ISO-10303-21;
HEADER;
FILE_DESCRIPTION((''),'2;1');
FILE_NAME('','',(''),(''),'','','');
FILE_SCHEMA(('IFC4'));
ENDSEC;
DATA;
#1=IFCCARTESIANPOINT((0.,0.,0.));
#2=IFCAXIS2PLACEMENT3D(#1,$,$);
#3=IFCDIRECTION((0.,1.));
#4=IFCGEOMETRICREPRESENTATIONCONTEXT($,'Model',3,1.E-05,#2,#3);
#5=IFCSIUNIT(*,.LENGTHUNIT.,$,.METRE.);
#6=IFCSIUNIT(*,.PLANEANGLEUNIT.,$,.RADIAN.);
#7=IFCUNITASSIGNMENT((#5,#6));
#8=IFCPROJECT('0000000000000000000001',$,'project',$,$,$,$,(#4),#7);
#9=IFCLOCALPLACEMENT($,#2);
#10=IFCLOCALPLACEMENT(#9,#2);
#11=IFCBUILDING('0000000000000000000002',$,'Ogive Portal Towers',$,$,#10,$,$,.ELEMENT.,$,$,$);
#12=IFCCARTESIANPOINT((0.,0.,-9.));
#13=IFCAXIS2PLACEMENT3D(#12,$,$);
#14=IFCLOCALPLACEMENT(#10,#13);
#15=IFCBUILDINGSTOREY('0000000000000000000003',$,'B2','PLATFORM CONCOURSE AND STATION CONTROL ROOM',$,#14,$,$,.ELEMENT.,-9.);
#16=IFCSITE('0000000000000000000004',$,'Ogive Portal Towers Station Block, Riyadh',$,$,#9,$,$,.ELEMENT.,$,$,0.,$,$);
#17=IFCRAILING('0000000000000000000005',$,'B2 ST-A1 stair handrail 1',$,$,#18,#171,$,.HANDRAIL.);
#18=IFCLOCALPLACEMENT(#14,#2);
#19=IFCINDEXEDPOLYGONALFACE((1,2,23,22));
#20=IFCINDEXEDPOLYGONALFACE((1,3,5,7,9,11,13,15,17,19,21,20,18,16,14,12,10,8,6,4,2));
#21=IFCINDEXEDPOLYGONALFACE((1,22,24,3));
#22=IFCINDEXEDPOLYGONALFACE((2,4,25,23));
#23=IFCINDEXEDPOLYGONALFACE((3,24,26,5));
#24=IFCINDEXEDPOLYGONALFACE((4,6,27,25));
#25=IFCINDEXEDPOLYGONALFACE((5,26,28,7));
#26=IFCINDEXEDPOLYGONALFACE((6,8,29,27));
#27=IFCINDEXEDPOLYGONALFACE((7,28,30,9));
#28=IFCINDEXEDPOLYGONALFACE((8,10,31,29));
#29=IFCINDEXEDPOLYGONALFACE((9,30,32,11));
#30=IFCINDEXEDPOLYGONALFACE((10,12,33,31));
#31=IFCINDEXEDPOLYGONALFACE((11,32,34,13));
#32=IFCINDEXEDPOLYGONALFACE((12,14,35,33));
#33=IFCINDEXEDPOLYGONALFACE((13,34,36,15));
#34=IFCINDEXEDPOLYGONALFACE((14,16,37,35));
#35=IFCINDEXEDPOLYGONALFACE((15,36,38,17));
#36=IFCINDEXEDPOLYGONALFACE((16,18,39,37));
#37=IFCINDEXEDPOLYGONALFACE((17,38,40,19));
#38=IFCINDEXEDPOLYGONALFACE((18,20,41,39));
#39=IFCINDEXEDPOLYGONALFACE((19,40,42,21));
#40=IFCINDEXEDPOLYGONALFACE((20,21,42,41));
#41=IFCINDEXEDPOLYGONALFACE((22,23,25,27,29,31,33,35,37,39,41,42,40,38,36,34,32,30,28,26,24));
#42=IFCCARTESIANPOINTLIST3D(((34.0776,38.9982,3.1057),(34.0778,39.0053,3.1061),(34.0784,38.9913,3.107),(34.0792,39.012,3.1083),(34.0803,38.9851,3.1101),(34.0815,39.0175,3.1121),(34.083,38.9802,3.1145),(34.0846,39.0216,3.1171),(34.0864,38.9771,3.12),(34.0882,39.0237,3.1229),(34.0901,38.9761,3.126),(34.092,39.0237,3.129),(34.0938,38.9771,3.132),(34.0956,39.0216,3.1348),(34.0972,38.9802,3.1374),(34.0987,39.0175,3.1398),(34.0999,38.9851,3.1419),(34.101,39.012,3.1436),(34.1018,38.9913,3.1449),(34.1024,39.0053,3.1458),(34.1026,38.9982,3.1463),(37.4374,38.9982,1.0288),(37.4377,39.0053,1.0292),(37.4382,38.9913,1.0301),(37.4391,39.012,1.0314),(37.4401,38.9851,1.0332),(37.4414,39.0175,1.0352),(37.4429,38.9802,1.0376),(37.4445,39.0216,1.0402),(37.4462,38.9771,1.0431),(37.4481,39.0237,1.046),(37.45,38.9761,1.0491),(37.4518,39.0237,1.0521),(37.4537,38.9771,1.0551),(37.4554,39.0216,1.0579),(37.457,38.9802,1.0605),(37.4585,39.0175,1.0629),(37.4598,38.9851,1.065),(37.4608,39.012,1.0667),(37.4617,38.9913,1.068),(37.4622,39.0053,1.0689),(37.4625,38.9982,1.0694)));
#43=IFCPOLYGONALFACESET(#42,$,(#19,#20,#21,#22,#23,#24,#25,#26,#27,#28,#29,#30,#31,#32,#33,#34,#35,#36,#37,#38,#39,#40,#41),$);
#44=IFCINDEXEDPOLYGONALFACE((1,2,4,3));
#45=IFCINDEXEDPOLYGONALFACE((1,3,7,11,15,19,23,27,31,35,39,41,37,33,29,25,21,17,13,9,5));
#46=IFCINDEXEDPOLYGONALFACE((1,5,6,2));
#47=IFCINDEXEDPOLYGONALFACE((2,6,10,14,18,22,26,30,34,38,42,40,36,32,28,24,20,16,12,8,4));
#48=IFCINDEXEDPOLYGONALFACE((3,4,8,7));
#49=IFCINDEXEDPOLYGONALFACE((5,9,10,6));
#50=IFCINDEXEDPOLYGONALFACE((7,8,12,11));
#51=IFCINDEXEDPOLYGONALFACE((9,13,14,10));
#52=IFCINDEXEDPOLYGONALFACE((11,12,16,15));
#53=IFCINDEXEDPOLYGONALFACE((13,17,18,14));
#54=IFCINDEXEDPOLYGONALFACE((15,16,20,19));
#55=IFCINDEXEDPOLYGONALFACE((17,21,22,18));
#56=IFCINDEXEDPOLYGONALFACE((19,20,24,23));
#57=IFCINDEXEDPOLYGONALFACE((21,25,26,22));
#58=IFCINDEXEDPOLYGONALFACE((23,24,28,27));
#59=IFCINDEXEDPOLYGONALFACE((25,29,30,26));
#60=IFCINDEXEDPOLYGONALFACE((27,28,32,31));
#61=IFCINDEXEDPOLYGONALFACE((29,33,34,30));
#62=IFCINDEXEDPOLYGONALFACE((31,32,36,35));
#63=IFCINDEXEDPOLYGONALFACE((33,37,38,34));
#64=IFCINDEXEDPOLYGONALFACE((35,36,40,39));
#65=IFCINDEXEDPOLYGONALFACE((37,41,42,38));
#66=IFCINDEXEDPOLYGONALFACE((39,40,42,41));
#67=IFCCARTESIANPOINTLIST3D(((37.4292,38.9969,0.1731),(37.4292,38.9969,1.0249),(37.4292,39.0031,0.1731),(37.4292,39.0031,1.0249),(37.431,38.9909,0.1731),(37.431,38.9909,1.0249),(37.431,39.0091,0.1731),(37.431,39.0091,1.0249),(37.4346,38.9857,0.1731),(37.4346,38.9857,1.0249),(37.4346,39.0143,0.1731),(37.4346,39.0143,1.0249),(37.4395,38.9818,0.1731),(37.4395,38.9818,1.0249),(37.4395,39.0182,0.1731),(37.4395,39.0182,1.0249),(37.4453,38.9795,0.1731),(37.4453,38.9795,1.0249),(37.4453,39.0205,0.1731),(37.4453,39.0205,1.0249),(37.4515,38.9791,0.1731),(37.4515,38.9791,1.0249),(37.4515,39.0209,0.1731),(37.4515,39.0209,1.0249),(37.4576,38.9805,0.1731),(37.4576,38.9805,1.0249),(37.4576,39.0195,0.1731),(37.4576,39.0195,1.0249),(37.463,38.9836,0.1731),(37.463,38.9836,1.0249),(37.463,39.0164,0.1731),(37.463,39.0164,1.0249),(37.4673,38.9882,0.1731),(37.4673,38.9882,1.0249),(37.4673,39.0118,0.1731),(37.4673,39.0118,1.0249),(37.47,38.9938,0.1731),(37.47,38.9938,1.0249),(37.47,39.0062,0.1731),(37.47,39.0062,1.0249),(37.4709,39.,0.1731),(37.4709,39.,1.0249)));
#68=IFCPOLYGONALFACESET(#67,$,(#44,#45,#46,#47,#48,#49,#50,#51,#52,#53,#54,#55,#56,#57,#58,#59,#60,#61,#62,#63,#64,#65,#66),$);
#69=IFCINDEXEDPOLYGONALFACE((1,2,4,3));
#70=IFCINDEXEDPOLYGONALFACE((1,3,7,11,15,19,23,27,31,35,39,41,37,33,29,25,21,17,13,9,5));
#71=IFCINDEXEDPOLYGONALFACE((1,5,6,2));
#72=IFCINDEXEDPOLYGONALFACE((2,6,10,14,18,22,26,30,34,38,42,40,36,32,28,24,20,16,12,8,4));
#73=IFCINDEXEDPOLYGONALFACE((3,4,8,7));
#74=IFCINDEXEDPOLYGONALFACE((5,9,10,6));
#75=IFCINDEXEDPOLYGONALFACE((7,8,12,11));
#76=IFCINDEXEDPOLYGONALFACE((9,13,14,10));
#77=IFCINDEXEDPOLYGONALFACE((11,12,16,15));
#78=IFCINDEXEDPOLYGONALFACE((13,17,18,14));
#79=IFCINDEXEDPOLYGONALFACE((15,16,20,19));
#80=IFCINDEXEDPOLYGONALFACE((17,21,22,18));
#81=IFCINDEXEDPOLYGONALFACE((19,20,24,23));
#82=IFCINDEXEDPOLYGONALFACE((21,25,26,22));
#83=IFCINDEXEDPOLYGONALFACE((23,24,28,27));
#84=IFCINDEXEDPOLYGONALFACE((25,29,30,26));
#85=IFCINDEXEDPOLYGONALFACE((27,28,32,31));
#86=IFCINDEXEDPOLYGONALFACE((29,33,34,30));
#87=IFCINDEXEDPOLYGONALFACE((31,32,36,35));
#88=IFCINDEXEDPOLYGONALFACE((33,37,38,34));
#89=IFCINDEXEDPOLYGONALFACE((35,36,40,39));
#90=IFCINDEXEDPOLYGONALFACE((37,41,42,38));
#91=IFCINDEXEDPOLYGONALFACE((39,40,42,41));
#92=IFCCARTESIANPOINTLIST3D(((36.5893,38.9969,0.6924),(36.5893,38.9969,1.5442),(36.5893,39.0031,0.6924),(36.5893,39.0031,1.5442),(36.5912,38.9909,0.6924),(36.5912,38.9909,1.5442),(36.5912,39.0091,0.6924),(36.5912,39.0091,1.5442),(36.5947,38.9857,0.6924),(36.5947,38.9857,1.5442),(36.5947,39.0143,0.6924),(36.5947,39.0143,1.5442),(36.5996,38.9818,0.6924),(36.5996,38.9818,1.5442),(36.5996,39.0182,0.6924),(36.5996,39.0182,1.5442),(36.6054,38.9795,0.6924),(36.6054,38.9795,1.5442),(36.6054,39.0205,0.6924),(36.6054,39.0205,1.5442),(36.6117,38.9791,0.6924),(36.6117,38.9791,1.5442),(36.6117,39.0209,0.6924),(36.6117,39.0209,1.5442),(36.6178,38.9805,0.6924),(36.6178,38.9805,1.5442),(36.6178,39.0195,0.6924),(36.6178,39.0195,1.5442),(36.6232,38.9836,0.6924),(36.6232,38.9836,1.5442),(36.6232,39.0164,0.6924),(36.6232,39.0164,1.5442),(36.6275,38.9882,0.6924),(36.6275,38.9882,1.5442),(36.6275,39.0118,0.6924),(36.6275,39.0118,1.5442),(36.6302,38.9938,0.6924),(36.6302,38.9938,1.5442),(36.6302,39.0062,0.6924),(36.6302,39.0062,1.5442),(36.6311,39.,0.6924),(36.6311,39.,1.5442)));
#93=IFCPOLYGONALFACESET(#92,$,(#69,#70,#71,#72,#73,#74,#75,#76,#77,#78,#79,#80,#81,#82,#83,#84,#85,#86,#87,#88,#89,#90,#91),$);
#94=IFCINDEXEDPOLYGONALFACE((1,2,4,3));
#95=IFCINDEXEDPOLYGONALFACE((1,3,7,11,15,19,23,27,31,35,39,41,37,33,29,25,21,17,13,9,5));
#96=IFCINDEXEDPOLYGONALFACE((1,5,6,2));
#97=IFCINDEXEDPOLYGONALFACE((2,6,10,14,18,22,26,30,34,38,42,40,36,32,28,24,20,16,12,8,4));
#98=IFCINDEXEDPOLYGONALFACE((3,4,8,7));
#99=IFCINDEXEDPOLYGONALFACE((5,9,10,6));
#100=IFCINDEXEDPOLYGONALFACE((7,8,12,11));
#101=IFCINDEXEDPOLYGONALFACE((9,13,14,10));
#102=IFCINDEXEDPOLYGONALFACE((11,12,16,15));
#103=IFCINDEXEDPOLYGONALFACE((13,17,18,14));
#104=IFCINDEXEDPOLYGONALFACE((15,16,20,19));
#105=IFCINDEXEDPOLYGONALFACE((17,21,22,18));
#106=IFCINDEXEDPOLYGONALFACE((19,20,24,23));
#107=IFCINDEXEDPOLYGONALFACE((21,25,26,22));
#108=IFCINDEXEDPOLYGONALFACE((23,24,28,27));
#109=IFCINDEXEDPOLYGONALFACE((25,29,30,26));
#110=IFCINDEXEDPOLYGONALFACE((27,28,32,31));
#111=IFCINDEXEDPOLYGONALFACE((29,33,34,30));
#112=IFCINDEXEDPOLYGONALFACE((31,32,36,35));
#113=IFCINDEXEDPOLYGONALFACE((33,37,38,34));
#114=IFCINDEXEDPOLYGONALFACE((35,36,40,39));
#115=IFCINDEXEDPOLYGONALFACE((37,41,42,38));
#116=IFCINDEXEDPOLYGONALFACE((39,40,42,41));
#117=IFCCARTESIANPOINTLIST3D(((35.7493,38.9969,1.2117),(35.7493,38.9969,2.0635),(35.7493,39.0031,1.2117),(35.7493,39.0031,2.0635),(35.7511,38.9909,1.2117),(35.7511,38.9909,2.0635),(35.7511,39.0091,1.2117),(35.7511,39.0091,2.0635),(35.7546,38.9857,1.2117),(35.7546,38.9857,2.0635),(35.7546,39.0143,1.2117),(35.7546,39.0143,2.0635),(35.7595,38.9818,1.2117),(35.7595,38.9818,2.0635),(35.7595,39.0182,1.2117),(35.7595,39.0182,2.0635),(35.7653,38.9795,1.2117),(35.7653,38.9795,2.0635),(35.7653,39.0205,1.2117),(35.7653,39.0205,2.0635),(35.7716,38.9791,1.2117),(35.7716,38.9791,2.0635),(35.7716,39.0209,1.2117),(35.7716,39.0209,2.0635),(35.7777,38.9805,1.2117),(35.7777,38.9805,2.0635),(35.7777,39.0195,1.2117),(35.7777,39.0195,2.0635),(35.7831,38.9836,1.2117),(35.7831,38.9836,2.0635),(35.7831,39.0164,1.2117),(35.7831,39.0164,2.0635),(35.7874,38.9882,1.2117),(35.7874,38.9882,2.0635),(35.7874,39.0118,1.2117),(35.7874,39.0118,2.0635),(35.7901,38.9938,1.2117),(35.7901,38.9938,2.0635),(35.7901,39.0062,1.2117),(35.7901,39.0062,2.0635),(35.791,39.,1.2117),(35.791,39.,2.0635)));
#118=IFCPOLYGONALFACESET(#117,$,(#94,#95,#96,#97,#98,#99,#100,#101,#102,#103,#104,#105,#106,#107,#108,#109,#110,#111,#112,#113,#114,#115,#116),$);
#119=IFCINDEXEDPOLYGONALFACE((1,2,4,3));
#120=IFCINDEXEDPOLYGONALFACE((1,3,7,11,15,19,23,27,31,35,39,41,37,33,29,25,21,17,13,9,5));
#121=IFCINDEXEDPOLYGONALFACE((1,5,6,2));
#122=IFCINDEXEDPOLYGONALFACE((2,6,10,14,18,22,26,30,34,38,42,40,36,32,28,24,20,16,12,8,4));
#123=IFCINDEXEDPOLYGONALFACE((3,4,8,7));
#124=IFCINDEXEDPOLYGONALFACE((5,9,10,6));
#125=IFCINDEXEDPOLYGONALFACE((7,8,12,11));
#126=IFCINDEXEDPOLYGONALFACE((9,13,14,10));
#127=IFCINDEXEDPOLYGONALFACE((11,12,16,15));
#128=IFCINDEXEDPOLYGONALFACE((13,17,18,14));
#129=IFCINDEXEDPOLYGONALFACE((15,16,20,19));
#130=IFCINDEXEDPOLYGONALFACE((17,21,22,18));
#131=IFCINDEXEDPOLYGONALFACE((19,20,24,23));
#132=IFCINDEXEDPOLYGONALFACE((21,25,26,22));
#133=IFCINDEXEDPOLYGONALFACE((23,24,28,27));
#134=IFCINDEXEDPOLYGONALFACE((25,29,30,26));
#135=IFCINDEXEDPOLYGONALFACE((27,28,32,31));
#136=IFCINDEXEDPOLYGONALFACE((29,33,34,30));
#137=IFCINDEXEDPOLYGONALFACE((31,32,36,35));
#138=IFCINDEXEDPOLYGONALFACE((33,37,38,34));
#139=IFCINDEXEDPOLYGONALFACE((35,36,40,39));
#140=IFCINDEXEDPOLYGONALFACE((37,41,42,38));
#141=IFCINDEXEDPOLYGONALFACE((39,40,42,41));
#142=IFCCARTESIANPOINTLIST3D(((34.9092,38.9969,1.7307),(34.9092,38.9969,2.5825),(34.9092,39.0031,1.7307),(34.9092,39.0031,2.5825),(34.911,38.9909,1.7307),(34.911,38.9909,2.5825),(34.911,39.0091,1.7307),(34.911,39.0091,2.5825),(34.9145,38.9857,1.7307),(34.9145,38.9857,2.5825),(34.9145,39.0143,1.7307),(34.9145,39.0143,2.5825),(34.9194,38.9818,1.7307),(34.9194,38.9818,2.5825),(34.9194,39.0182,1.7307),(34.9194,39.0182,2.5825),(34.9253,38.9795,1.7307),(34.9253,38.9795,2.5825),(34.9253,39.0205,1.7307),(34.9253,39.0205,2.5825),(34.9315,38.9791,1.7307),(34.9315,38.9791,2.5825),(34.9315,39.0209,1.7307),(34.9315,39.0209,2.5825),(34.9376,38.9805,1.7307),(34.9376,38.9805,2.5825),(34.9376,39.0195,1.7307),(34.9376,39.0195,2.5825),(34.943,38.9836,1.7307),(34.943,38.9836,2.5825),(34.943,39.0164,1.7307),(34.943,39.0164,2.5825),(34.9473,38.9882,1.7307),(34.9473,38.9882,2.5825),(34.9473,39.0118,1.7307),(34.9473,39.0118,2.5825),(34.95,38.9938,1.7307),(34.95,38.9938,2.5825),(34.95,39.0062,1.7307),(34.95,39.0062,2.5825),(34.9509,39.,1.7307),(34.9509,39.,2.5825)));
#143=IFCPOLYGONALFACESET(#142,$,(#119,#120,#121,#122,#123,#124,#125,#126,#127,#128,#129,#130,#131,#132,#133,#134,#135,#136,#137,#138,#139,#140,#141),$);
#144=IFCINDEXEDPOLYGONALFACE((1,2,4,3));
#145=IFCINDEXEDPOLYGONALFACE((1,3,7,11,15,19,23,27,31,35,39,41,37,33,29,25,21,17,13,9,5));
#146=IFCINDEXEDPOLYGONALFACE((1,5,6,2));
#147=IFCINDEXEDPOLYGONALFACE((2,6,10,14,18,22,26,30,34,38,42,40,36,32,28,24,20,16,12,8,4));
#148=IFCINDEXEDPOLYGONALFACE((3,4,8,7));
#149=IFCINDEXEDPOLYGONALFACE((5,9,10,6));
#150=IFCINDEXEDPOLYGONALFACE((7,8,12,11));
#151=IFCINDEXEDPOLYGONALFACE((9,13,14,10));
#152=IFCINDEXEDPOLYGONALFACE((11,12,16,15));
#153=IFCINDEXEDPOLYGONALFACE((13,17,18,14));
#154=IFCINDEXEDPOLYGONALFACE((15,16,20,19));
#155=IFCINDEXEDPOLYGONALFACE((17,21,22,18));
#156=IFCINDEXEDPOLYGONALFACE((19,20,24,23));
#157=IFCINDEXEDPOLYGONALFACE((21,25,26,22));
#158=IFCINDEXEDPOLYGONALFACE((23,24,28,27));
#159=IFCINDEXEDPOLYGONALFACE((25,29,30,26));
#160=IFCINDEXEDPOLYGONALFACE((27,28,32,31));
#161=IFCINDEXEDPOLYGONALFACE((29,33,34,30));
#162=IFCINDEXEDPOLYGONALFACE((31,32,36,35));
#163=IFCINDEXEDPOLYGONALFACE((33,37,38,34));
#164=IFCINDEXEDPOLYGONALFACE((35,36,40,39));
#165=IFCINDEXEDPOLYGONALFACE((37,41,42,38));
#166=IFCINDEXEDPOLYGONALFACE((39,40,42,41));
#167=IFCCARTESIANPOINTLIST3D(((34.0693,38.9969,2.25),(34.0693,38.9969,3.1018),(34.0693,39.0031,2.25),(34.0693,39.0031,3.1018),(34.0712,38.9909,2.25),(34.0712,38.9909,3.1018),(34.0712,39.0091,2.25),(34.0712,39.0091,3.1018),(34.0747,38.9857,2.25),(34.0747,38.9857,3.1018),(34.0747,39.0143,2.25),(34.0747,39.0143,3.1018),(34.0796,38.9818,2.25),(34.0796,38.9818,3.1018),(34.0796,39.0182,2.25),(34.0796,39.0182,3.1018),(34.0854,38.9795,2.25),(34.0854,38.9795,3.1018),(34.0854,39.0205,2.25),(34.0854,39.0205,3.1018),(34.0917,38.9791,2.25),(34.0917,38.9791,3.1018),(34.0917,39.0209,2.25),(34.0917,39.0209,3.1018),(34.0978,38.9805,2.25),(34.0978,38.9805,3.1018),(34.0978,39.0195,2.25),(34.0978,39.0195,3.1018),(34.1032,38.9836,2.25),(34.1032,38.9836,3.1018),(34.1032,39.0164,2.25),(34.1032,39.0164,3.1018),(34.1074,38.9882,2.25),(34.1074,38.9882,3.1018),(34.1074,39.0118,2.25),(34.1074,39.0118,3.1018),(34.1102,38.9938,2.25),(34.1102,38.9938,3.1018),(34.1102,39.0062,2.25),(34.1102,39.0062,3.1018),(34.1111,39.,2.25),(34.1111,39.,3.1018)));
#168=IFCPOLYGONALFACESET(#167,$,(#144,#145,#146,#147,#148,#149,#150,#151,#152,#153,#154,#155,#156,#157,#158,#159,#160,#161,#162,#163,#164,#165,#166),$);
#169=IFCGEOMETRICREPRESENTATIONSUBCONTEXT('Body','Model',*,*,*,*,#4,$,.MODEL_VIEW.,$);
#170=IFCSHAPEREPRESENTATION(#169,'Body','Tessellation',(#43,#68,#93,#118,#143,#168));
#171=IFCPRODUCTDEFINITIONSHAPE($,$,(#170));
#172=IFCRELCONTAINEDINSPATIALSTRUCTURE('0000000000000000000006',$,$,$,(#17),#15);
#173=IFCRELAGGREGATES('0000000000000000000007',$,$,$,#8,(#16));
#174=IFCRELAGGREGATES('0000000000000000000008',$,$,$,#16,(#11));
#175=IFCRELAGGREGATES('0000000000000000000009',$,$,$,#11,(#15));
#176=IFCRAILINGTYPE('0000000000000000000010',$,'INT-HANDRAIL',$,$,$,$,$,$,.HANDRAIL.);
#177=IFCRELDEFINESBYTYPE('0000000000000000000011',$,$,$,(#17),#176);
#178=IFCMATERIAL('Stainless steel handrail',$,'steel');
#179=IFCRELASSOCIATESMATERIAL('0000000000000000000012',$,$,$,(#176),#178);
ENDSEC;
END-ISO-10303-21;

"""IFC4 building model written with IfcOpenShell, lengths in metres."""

from ifc_helpers import new_model, si_unit, direction, frame, origin, origin_2d, place, context, subcontext, project, spatial, circle, extrude, material, type_object, element, save


model = new_model("IFC4")

# Units and contexts
model_context = context("Model", 3, precision=1e-05, world=origin(), true_north=direction((0.0, 1.0)))
body_context = subcontext(model_context, "Body", "Model", "MODEL_VIEW")
ifc_project = project(units=[si_unit("LENGTHUNIT", "METRE"), si_unit("PLANEANGLEUNIT", "RADIAN")], contexts=[model_context])

# Site, building, storey
site_placement = place(None, origin())
site = spatial("IfcSite", under=ifc_project, at=site_placement, Name="Ogive Portal Towers Station Block, Riyadh", CompositionType="ELEMENT", RefElevation=0.0)
building_placement = place(site_placement, origin())
building = spatial("IfcBuilding", under=site, at=building_placement, Name="Ogive Portal Towers", CompositionType="ELEMENT")
storey_placement = place(building_placement, frame((0.0, 0.0, -9.0)))
storey = spatial("IfcBuildingStorey", under=building, at=storey_placement, Name="B2", Description="PLATFORM CONCOURSE AND STATION CONTROL ROOM", CompositionType="ELEMENT", Elevation=-9.0)

# Railing
ifc_material_1 = material(Name="Stainless steel handrail", Category="steel")
railing_type_1 = type_object("IfcRailingType", Name="INT-HANDRAIL", PredefinedType="HANDRAIL", material=ifc_material_1)
railing_1_placement = place(storey_placement, frame((37.45, 39.0, 0.1731)))
element("IfcRailing", 1, at=railing_1_placement, inside=storey, type_object=railing_type_1, Name="B2 ST-A1 stair handrail 1", PredefinedType="HANDRAIL", context=body_context, shape_type="SweptSolid", body=[
    extrude(circle(Radius=0.0239, at=origin_2d()), frame((0.0, 0.0, 0.876), z_axis=(-0.850606, 0.0, 0.525803), x_axis=(0.0, -1.0, 0.0)), (0.0, 0.0, 1.0), 3.95),
    extrude(circle(Radius=0.021, at=origin_2d()), origin(), (0.0, 0.0, 1.0), 0.8518),
    extrude(circle(Radius=0.021, at=origin_2d()), frame((-0.8398, 0.0, 0.5193)), (0.0, 0.0, 1.0), 0.8518),
    extrude(circle(Radius=0.021, at=origin_2d()), frame((-1.6799, 0.0, 1.0386)), (0.0, 0.0, 1.0), 0.8518),
    extrude(circle(Radius=0.021, at=origin_2d()), frame((-2.52, 0.0, 1.5576)), (0.0, 0.0, 1.0), 0.8518),
    extrude(circle(Radius=0.021, at=origin_2d()), frame((-3.3599, 0.0, 2.0769)), (0.0, 0.0, 1.0), 0.8518),
])

save(model, "model.ifc")
